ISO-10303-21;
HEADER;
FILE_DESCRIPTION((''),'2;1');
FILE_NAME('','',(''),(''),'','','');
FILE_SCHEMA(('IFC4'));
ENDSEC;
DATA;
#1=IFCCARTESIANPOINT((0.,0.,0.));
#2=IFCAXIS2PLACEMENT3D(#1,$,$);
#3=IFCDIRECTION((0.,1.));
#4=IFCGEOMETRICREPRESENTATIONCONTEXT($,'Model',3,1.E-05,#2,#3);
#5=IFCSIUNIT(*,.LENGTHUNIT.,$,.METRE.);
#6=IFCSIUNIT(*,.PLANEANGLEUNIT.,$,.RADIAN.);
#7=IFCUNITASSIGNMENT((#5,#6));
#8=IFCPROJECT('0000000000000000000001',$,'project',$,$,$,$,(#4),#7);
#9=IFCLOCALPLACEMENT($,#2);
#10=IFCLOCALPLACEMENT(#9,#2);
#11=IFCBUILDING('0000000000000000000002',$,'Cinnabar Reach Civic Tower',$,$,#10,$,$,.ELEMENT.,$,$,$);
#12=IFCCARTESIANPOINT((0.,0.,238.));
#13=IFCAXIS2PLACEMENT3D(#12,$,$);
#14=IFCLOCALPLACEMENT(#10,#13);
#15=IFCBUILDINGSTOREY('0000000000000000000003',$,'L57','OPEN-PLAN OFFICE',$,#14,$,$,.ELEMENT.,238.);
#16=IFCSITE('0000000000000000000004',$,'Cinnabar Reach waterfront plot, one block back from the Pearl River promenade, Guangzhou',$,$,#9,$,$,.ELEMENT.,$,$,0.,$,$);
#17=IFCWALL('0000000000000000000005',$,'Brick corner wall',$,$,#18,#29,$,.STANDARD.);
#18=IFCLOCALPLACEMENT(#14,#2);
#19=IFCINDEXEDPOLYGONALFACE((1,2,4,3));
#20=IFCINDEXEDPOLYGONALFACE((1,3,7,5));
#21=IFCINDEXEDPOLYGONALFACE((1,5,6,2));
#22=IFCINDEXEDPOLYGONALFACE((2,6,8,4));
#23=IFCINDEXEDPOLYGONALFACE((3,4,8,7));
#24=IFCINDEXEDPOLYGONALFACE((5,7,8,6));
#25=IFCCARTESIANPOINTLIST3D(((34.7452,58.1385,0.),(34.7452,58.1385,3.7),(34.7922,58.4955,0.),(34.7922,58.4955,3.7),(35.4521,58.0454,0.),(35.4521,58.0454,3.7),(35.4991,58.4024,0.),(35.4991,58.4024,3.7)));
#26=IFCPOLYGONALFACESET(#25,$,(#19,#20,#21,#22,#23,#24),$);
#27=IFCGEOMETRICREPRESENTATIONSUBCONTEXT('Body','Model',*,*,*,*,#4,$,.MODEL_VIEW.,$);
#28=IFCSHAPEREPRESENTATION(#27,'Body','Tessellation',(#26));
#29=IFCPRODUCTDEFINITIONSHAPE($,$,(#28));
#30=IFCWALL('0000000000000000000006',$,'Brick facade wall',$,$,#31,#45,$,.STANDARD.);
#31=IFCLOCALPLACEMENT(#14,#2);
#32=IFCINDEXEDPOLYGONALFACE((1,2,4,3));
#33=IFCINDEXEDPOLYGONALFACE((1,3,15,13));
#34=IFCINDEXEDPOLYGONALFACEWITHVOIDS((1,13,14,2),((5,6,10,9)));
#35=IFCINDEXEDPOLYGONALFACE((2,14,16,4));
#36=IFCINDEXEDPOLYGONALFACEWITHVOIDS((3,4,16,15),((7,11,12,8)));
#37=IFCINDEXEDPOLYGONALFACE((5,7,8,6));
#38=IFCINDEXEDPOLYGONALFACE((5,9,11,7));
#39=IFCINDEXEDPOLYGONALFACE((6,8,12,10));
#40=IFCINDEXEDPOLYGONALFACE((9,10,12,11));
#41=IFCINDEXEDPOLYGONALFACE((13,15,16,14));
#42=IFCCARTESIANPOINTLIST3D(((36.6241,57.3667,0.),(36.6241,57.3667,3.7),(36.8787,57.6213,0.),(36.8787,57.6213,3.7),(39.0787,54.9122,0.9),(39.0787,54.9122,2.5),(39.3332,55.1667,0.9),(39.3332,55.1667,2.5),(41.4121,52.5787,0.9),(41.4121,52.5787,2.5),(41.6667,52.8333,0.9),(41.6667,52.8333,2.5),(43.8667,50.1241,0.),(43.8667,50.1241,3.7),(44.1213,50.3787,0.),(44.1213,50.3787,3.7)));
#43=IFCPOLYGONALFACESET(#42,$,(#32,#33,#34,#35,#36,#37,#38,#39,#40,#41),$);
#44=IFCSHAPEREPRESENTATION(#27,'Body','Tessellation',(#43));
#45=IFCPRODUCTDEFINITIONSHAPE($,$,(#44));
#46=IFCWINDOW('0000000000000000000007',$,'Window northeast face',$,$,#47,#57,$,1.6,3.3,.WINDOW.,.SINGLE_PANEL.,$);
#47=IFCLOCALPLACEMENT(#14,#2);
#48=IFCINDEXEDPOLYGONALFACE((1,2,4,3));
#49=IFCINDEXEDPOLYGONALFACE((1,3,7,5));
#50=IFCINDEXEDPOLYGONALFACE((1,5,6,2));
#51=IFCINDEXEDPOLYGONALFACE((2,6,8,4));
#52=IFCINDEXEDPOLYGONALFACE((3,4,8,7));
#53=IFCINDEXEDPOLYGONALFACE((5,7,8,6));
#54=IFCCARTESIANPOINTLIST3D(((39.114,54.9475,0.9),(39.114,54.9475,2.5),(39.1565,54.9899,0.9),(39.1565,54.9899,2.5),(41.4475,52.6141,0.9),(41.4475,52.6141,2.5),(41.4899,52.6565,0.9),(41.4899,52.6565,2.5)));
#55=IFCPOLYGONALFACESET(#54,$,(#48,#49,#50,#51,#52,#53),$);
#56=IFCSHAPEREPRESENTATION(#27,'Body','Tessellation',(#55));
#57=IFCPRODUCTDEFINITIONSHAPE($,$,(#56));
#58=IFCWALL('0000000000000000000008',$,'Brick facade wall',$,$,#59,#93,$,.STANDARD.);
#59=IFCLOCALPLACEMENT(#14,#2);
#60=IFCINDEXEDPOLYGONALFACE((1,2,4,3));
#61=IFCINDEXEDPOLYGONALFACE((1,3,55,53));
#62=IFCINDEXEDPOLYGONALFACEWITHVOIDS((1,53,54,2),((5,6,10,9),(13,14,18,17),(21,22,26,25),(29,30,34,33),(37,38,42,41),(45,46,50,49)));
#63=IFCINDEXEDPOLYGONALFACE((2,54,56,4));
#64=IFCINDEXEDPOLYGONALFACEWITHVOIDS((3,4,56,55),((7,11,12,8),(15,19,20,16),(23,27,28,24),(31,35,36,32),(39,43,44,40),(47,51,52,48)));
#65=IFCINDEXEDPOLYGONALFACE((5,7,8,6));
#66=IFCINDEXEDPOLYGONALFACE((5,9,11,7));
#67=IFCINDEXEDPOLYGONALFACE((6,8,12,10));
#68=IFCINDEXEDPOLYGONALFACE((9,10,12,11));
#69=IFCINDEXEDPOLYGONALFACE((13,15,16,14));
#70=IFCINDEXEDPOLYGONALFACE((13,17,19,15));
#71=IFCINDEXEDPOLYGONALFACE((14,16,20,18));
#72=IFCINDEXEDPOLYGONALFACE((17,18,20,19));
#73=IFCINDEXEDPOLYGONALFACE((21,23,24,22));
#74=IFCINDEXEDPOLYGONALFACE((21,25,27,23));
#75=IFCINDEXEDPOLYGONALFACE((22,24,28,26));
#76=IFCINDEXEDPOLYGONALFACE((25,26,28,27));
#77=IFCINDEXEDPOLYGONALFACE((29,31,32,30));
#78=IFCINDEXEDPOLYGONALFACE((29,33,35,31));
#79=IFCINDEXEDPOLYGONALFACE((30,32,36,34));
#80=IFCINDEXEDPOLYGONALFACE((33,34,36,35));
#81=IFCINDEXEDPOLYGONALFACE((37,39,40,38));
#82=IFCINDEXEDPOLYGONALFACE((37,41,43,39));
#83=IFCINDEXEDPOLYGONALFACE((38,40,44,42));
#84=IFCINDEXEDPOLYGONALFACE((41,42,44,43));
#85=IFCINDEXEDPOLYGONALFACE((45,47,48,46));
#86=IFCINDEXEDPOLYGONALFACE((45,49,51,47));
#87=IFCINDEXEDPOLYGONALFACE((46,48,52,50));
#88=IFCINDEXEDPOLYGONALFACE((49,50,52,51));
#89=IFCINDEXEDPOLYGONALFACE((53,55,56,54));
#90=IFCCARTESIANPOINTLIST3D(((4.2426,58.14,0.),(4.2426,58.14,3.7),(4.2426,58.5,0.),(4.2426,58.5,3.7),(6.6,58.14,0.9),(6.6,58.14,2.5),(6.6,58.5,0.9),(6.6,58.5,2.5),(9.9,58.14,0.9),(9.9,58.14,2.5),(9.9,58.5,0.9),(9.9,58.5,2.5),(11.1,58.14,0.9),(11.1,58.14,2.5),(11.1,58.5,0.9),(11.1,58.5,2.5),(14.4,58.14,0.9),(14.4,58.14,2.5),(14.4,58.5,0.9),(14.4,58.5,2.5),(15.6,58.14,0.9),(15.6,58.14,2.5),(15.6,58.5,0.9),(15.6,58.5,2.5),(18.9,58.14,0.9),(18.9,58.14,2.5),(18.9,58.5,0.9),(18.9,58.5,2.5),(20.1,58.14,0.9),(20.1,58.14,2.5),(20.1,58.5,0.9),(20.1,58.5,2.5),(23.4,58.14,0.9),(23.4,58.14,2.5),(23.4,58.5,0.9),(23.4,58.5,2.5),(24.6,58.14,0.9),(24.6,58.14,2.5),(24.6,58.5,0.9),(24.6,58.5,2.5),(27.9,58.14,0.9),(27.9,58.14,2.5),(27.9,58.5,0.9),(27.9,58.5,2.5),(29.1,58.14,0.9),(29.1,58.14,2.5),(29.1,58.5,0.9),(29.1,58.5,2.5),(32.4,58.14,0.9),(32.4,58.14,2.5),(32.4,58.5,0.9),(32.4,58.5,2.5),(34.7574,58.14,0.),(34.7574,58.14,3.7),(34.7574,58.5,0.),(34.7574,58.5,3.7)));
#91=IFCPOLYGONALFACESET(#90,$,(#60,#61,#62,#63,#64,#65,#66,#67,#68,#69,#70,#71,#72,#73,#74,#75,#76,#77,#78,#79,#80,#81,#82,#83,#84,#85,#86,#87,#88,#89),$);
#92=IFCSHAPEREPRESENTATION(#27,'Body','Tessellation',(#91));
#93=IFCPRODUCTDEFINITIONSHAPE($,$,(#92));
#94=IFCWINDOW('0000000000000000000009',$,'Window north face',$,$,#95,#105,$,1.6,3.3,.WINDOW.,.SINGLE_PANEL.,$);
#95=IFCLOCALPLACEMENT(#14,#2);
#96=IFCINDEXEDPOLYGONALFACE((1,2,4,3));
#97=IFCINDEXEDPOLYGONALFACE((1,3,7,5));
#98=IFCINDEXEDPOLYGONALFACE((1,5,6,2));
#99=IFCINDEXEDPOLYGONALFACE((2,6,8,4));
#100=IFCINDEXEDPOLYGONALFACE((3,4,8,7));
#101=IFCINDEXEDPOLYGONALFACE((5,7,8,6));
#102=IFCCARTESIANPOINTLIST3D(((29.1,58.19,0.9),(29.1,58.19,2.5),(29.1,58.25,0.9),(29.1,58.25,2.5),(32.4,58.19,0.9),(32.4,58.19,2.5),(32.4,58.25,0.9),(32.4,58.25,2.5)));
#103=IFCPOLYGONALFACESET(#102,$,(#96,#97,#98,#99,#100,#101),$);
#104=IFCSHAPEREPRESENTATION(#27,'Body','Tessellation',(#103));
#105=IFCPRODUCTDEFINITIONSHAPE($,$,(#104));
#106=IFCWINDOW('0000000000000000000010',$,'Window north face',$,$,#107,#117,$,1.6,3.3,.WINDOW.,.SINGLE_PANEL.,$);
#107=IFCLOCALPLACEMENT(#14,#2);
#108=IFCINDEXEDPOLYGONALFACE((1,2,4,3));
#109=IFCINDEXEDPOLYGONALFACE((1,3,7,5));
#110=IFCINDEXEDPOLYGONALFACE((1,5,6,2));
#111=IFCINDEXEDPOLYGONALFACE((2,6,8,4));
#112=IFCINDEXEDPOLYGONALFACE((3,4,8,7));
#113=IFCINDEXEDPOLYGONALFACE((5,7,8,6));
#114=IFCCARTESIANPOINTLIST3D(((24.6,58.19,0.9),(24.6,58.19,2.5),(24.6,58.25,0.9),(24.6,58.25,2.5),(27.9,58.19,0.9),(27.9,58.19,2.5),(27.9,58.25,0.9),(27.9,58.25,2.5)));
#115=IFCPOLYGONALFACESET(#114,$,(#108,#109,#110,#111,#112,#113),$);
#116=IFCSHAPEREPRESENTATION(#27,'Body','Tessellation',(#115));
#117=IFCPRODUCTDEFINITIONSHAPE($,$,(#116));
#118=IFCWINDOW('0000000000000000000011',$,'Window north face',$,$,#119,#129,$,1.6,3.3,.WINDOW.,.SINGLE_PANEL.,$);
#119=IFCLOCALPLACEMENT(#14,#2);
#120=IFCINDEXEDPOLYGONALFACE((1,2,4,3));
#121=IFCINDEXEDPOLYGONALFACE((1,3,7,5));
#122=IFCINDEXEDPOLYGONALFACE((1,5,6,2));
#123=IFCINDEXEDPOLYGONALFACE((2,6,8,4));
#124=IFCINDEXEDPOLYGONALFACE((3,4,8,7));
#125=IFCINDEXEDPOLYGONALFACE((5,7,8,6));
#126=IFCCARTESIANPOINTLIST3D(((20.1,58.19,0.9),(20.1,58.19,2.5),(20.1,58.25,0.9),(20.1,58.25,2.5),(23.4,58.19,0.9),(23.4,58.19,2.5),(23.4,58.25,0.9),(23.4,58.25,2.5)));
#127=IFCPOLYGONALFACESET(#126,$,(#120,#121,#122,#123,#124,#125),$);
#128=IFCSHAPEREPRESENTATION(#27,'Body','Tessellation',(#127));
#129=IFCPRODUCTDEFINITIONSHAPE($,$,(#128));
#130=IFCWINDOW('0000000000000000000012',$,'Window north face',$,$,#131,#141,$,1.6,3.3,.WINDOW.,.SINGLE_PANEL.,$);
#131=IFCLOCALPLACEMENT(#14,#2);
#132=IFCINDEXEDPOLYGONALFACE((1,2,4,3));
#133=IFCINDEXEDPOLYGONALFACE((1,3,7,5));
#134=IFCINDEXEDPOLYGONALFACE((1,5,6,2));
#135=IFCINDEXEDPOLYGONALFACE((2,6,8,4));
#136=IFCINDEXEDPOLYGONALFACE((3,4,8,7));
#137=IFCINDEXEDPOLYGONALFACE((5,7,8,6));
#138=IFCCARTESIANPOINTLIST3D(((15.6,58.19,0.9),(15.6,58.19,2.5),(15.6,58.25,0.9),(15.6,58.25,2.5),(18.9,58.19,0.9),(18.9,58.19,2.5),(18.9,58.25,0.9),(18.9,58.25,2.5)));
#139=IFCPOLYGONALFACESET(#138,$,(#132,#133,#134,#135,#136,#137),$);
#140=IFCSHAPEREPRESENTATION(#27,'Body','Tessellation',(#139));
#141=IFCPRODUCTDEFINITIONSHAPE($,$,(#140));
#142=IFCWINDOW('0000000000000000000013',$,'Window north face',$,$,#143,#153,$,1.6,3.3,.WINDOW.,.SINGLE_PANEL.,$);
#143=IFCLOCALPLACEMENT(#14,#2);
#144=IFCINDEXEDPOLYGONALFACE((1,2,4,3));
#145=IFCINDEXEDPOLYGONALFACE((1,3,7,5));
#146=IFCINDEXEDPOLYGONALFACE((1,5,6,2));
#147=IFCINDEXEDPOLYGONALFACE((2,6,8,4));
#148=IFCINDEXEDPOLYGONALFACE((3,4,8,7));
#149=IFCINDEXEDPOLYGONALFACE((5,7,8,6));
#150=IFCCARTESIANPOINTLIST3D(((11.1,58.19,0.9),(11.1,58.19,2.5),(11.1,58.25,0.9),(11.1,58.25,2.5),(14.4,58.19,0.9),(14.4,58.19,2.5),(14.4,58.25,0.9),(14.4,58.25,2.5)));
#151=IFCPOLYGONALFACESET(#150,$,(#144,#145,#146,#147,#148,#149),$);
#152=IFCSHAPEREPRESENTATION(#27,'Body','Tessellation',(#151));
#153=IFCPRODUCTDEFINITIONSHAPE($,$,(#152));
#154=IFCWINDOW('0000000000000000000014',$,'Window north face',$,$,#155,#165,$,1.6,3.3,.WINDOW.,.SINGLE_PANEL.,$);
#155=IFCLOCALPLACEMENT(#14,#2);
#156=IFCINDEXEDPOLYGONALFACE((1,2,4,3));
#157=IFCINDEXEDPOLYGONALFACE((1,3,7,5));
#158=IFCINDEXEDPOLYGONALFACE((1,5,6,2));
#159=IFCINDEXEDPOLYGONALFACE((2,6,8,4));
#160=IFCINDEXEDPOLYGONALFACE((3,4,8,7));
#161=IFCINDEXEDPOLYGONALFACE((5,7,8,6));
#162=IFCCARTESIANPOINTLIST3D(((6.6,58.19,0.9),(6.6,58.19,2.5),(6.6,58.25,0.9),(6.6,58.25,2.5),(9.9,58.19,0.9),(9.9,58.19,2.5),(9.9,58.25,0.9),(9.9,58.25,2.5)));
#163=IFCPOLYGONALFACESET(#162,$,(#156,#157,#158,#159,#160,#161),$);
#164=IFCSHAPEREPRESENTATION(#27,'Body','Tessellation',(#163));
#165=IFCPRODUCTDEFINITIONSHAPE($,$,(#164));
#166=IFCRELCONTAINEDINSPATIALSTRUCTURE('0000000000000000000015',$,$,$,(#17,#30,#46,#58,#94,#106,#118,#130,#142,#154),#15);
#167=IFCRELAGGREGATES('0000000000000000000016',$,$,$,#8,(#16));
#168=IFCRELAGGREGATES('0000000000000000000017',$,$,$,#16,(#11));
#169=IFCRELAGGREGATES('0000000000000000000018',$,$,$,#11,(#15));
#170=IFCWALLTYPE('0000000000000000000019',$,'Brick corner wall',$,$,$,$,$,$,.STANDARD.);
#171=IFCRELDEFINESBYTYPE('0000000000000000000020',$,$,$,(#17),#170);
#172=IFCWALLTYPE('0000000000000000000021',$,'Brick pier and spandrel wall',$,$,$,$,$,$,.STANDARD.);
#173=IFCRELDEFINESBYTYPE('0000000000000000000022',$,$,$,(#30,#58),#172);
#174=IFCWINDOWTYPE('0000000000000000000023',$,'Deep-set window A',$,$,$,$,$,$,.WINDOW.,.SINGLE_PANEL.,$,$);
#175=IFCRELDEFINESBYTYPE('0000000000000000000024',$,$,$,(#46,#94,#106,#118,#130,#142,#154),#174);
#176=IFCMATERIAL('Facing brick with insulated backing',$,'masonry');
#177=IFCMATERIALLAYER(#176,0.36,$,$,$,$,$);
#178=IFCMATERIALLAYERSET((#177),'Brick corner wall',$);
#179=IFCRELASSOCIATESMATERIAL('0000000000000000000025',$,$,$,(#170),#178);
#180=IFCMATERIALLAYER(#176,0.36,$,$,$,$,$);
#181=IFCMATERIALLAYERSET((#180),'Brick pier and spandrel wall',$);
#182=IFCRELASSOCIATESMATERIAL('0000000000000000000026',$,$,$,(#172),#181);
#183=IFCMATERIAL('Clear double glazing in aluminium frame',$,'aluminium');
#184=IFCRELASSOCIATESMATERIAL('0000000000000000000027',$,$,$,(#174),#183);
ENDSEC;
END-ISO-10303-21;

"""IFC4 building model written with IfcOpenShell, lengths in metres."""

from ifc_helpers import new_model, si_unit, direction, frame, frame_2d, origin, place, context, subcontext, project, spatial, rectangle, extrude, material, layer, layer_set, type_object, element, fill, save


model = new_model("IFC4")

# Units and contexts
model_context = context("Model", 3, precision=1e-05, world=origin(), true_north=direction((0.0, 1.0)))
body_context = subcontext(model_context, "Body", "Model", "MODEL_VIEW")
ifc_project = project(units=[si_unit("LENGTHUNIT", "METRE"), si_unit("PLANEANGLEUNIT", "RADIAN")], contexts=[model_context])

# Site, building, storey
site_placement = place(None, origin())
site = spatial("IfcSite", under=ifc_project, at=site_placement, Name="Cinnabar Reach waterfront plot, one block back from the Pearl River promenade, Guangzhou", CompositionType="ELEMENT", RefElevation=0.0)
building_placement = place(site_placement, origin())
building = spatial("IfcBuilding", under=site, at=building_placement, Name="Cinnabar Reach Civic Tower", CompositionType="ELEMENT")
storey_placement = place(building_placement, frame((0.0, 0.0, 238.0)))
storey = spatial("IfcBuildingStorey", under=building, at=storey_placement, Name="L57", Description="OPEN-PLAN OFFICE", CompositionType="ELEMENT", Elevation=238.0)

# Wall
ifc_material_1 = material(Name="Facing brick with insulated backing", Category="masonry")
ifc_layer_1 = layer(ifc_material_1, 0.36)
ifc_layer_set_1 = layer_set([ifc_layer_1], Name="Brick corner wall")
wall_type_1 = type_object("IfcWallType", Name="Brick corner wall", PredefinedType="STANDARD", material=ifc_layer_set_1)
for number, where, z_axis, x_axis, name in (
    (1, (35.4756, 58.2239, 0.0), (0.0, 0.0, 1.0), (-0.991441, 0.130556, 0.0), "Brick corner wall"),
):
    element("IfcWall", number, at=place(storey_placement, frame(where, z_axis=z_axis, x_axis=x_axis)), inside=storey, type_object=wall_type_1, Name=name, PredefinedType="STANDARD", context=body_context, shape_type="SweptSolid", body=[
        extrude(rectangle(XDim=0.7131, YDim=0.36, at=frame_2d((0.3565, 0.0))), origin(), (0.0, 0.0, 1.0), 3.7),
    ])

# Wall, opening, window
ifc_layer_2 = layer(ifc_material_1, 0.36)
ifc_layer_set_2 = layer_set([ifc_layer_2], Name="Brick pier and spandrel wall")
wall_type_2 = type_object("IfcWallType", Name="Brick pier and spandrel wall", PredefinedType="STANDARD", material=ifc_layer_set_2)
wall_1_placement = place(storey_placement, frame((43.994, 50.2514, 0.0), z_axis=(0.0, 0.0, 1.0), x_axis=(-0.707107, 0.707107, 0.0)))
wall_1 = element("IfcWall", 2, at=wall_1_placement, inside=storey, type_object=wall_type_2, Name="Brick facade wall", PredefinedType="STANDARD", context=body_context, shape_type="SweptSolid", body=[
    extrude(rectangle(XDim=10.2426, YDim=0.36, at=frame_2d((5.1213, 0.0))), origin(), (0.0, 0.0, 1.0), 3.7),
])
opening_1_placement = place(wall_1_placement, frame((3.4713, 0.0, 0.9)))
opening_1 = element("IfcOpeningElement", 3, at=opening_1_placement, cuts=wall_1, PredefinedType="OPENING", context=body_context, shape_type="SweptSolid", body=[
    extrude(rectangle(XDim=3.3, YDim=1.6, at=frame_2d((1.65, 0.8))), frame((0.0, 0.19, 0.0), z_axis=(0.0, -1.0, 0.0), x_axis=(1.0, 0.0, 0.0)), (0.0, 0.0, 1.0), 0.38),
])
ifc_material_2 = material(Name="Clear double glazing in aluminium frame", Category="aluminium")
window_type = type_object("IfcWindowType", Name="Deep-set window A", PartitioningType="SINGLE_PANEL", PredefinedType="WINDOW", material=ifc_material_2)
window_1_placement = place(opening_1_placement, origin())
window_1 = element("IfcWindow", 4, at=window_1_placement, inside=storey, type_object=window_type, Name="Window northeast face", OverallHeight=1.6, OverallWidth=3.3, PartitioningType="SINGLE_PANEL", PredefinedType="WINDOW", context=body_context, shape_type="SweptSolid", body=[
    extrude(rectangle(XDim=3.3, YDim=1.6, at=frame_2d((1.65, 0.8))), frame((0.0, 0.13, 0.0), z_axis=(0.0, -1.0, 0.0), x_axis=(1.0, 0.0, 0.0)), (0.0, 0.0, 1.0), 0.06),
])
fill(opening_1, window_1)

# Wall, openings, windows
wall_2_placement = place(storey_placement, frame((34.7574, 58.32, 0.0), z_axis=(0.0, 0.0, 1.0), x_axis=(-1.0, 0.0, 0.0)))
wall_2 = element("IfcWall", 5, at=wall_2_placement, inside=storey, type_object=wall_type_2, Name="Brick facade wall", PredefinedType="STANDARD", context=body_context, shape_type="SweptSolid", body=[
    extrude(rectangle(XDim=30.5148, YDim=0.36, at=frame_2d((15.2574, 0.0))), origin(), (0.0, 0.0, 1.0), 3.7),
])
opening_2_placement = place(wall_2_placement, frame((2.3574, 0.0, 0.9)))
opening_2 = element("IfcOpeningElement", 6, at=opening_2_placement, cuts=wall_2, PredefinedType="OPENING", context=body_context, shape_type="SweptSolid", body=[
    extrude(rectangle(XDim=3.3, YDim=1.6, at=frame_2d((1.65, 0.8))), frame((0.0, 0.19, 0.0), z_axis=(0.0, -1.0, 0.0), x_axis=(1.0, 0.0, 0.0)), (0.0, 0.0, 1.0), 0.38),
])
opening_3_placement = place(wall_2_placement, frame((6.8574, 0.0, 0.9)))
opening_3 = element("IfcOpeningElement", 7, at=opening_3_placement, cuts=wall_2, PredefinedType="OPENING", context=body_context, shape_type="SweptSolid", body=[
    extrude(rectangle(XDim=3.3, YDim=1.6, at=frame_2d((1.65, 0.8))), frame((0.0, 0.19, 0.0), z_axis=(0.0, -1.0, 0.0), x_axis=(1.0, 0.0, 0.0)), (0.0, 0.0, 1.0), 0.38),
])
opening_4_placement = place(wall_2_placement, frame((11.3574, 0.0, 0.9)))
opening_4 = element("IfcOpeningElement", 8, at=opening_4_placement, cuts=wall_2, PredefinedType="OPENING", context=body_context, shape_type="SweptSolid", body=[
    extrude(rectangle(XDim=3.3, YDim=1.6, at=frame_2d((1.65, 0.8))), frame((0.0, 0.19, 0.0), z_axis=(0.0, -1.0, 0.0), x_axis=(1.0, 0.0, 0.0)), (0.0, 0.0, 1.0), 0.38),
])
opening_5_placement = place(wall_2_placement, frame((15.8574, 0.0, 0.9)))
opening_5 = element("IfcOpeningElement", 9, at=opening_5_placement, cuts=wall_2, PredefinedType="OPENING", context=body_context, shape_type="SweptSolid", body=[
    extrude(rectangle(XDim=3.3, YDim=1.6, at=frame_2d((1.65, 0.8))), frame((0.0, 0.19, 0.0), z_axis=(0.0, -1.0, 0.0), x_axis=(1.0, 0.0, 0.0)), (0.0, 0.0, 1.0), 0.38),
])
opening_6_placement = place(wall_2_placement, frame((20.3574, 0.0, 0.9)))
opening_6 = element("IfcOpeningElement", 10, at=opening_6_placement, cuts=wall_2, PredefinedType="OPENING", context=body_context, shape_type="SweptSolid", body=[
    extrude(rectangle(XDim=3.3, YDim=1.6, at=frame_2d((1.65, 0.8))), frame((0.0, 0.19, 0.0), z_axis=(0.0, -1.0, 0.0), x_axis=(1.0, 0.0, 0.0)), (0.0, 0.0, 1.0), 0.38),
])
opening_7_placement = place(wall_2_placement, frame((24.8574, 0.0, 0.9)))
opening_7 = element("IfcOpeningElement", 11, at=opening_7_placement, cuts=wall_2, PredefinedType="OPENING", context=body_context, shape_type="SweptSolid", body=[
    extrude(rectangle(XDim=3.3, YDim=1.6, at=frame_2d((1.65, 0.8))), frame((0.0, 0.19, 0.0), z_axis=(0.0, -1.0, 0.0), x_axis=(1.0, 0.0, 0.0)), (0.0, 0.0, 1.0), 0.38),
])
window_2_placement = place(opening_2_placement, origin())
window_2 = element("IfcWindow", 12, at=window_2_placement, inside=storey, type_object=window_type, Name="Window north face", OverallHeight=1.6, OverallWidth=3.3, PartitioningType="SINGLE_PANEL", PredefinedType="WINDOW", context=body_context, shape_type="SweptSolid", body=[
    extrude(rectangle(XDim=3.3, YDim=1.6, at=frame_2d((1.65, 0.8))), frame((0.0, 0.13, 0.0), z_axis=(0.0, -1.0, 0.0), x_axis=(1.0, 0.0, 0.0)), (0.0, 0.0, 1.0), 0.06),
])
fill(opening_2, window_2)
window_3_placement = place(opening_3_placement, origin())
window_3 = element("IfcWindow", 13, at=window_3_placement, inside=storey, type_object=window_type, Name="Window north face", OverallHeight=1.6, OverallWidth=3.3, PartitioningType="SINGLE_PANEL", PredefinedType="WINDOW", context=body_context, shape_type="SweptSolid", body=[
    extrude(rectangle(XDim=3.3, YDim=1.6, at=frame_2d((1.65, 0.8))), frame((0.0, 0.13, 0.0), z_axis=(0.0, -1.0, 0.0), x_axis=(1.0, 0.0, 0.0)), (0.0, 0.0, 1.0), 0.06),
])
fill(opening_3, window_3)
window_4_placement = place(opening_4_placement, origin())
window_4 = element("IfcWindow", 14, at=window_4_placement, inside=storey, type_object=window_type, Name="Window north face", OverallHeight=1.6, OverallWidth=3.3, PartitioningType="SINGLE_PANEL", PredefinedType="WINDOW", context=body_context, shape_type="SweptSolid", body=[
    extrude(rectangle(XDim=3.3, YDim=1.6, at=frame_2d((1.65, 0.8))), frame((0.0, 0.13, 0.0), z_axis=(0.0, -1.0, 0.0), x_axis=(1.0, 0.0, 0.0)), (0.0, 0.0, 1.0), 0.06),
])
fill(opening_4, window_4)
window_5_placement = place(opening_5_placement, origin())
window_5 = element("IfcWindow", 15, at=window_5_placement, inside=storey, type_object=window_type, Name="Window north face", OverallHeight=1.6, OverallWidth=3.3, PartitioningType="SINGLE_PANEL", PredefinedType="WINDOW", context=body_context, shape_type="SweptSolid", body=[
    extrude(rectangle(XDim=3.3, YDim=1.6, at=frame_2d((1.65, 0.8))), frame((0.0, 0.13, 0.0), z_axis=(0.0, -1.0, 0.0), x_axis=(1.0, 0.0, 0.0)), (0.0, 0.0, 1.0), 0.06),
])
fill(opening_5, window_5)
window_6_placement = place(opening_6_placement, origin())
window_6 = element("IfcWindow", 16, at=window_6_placement, inside=storey, type_object=window_type, Name="Window north face", OverallHeight=1.6, OverallWidth=3.3, PartitioningType="SINGLE_PANEL", PredefinedType="WINDOW", context=body_context, shape_type="SweptSolid", body=[
    extrude(rectangle(XDim=3.3, YDim=1.6, at=frame_2d((1.65, 0.8))), frame((0.0, 0.13, 0.0), z_axis=(0.0, -1.0, 0.0), x_axis=(1.0, 0.0, 0.0)), (0.0, 0.0, 1.0), 0.06),
])
fill(opening_6, window_6)
window_7_placement = place(opening_7_placement, origin())
window_7 = element("IfcWindow", 17, at=window_7_placement, inside=storey, type_object=window_type, Name="Window north face", OverallHeight=1.6, OverallWidth=3.3, PartitioningType="SINGLE_PANEL", PredefinedType="WINDOW", context=body_context, shape_type="SweptSolid", body=[
    extrude(rectangle(XDim=3.3, YDim=1.6, at=frame_2d((1.65, 0.8))), frame((0.0, 0.13, 0.0), z_axis=(0.0, -1.0, 0.0), x_axis=(1.0, 0.0, 0.0)), (0.0, 0.0, 1.0), 0.06),
])
fill(opening_7, window_7)

save(model, "model.ifc")
